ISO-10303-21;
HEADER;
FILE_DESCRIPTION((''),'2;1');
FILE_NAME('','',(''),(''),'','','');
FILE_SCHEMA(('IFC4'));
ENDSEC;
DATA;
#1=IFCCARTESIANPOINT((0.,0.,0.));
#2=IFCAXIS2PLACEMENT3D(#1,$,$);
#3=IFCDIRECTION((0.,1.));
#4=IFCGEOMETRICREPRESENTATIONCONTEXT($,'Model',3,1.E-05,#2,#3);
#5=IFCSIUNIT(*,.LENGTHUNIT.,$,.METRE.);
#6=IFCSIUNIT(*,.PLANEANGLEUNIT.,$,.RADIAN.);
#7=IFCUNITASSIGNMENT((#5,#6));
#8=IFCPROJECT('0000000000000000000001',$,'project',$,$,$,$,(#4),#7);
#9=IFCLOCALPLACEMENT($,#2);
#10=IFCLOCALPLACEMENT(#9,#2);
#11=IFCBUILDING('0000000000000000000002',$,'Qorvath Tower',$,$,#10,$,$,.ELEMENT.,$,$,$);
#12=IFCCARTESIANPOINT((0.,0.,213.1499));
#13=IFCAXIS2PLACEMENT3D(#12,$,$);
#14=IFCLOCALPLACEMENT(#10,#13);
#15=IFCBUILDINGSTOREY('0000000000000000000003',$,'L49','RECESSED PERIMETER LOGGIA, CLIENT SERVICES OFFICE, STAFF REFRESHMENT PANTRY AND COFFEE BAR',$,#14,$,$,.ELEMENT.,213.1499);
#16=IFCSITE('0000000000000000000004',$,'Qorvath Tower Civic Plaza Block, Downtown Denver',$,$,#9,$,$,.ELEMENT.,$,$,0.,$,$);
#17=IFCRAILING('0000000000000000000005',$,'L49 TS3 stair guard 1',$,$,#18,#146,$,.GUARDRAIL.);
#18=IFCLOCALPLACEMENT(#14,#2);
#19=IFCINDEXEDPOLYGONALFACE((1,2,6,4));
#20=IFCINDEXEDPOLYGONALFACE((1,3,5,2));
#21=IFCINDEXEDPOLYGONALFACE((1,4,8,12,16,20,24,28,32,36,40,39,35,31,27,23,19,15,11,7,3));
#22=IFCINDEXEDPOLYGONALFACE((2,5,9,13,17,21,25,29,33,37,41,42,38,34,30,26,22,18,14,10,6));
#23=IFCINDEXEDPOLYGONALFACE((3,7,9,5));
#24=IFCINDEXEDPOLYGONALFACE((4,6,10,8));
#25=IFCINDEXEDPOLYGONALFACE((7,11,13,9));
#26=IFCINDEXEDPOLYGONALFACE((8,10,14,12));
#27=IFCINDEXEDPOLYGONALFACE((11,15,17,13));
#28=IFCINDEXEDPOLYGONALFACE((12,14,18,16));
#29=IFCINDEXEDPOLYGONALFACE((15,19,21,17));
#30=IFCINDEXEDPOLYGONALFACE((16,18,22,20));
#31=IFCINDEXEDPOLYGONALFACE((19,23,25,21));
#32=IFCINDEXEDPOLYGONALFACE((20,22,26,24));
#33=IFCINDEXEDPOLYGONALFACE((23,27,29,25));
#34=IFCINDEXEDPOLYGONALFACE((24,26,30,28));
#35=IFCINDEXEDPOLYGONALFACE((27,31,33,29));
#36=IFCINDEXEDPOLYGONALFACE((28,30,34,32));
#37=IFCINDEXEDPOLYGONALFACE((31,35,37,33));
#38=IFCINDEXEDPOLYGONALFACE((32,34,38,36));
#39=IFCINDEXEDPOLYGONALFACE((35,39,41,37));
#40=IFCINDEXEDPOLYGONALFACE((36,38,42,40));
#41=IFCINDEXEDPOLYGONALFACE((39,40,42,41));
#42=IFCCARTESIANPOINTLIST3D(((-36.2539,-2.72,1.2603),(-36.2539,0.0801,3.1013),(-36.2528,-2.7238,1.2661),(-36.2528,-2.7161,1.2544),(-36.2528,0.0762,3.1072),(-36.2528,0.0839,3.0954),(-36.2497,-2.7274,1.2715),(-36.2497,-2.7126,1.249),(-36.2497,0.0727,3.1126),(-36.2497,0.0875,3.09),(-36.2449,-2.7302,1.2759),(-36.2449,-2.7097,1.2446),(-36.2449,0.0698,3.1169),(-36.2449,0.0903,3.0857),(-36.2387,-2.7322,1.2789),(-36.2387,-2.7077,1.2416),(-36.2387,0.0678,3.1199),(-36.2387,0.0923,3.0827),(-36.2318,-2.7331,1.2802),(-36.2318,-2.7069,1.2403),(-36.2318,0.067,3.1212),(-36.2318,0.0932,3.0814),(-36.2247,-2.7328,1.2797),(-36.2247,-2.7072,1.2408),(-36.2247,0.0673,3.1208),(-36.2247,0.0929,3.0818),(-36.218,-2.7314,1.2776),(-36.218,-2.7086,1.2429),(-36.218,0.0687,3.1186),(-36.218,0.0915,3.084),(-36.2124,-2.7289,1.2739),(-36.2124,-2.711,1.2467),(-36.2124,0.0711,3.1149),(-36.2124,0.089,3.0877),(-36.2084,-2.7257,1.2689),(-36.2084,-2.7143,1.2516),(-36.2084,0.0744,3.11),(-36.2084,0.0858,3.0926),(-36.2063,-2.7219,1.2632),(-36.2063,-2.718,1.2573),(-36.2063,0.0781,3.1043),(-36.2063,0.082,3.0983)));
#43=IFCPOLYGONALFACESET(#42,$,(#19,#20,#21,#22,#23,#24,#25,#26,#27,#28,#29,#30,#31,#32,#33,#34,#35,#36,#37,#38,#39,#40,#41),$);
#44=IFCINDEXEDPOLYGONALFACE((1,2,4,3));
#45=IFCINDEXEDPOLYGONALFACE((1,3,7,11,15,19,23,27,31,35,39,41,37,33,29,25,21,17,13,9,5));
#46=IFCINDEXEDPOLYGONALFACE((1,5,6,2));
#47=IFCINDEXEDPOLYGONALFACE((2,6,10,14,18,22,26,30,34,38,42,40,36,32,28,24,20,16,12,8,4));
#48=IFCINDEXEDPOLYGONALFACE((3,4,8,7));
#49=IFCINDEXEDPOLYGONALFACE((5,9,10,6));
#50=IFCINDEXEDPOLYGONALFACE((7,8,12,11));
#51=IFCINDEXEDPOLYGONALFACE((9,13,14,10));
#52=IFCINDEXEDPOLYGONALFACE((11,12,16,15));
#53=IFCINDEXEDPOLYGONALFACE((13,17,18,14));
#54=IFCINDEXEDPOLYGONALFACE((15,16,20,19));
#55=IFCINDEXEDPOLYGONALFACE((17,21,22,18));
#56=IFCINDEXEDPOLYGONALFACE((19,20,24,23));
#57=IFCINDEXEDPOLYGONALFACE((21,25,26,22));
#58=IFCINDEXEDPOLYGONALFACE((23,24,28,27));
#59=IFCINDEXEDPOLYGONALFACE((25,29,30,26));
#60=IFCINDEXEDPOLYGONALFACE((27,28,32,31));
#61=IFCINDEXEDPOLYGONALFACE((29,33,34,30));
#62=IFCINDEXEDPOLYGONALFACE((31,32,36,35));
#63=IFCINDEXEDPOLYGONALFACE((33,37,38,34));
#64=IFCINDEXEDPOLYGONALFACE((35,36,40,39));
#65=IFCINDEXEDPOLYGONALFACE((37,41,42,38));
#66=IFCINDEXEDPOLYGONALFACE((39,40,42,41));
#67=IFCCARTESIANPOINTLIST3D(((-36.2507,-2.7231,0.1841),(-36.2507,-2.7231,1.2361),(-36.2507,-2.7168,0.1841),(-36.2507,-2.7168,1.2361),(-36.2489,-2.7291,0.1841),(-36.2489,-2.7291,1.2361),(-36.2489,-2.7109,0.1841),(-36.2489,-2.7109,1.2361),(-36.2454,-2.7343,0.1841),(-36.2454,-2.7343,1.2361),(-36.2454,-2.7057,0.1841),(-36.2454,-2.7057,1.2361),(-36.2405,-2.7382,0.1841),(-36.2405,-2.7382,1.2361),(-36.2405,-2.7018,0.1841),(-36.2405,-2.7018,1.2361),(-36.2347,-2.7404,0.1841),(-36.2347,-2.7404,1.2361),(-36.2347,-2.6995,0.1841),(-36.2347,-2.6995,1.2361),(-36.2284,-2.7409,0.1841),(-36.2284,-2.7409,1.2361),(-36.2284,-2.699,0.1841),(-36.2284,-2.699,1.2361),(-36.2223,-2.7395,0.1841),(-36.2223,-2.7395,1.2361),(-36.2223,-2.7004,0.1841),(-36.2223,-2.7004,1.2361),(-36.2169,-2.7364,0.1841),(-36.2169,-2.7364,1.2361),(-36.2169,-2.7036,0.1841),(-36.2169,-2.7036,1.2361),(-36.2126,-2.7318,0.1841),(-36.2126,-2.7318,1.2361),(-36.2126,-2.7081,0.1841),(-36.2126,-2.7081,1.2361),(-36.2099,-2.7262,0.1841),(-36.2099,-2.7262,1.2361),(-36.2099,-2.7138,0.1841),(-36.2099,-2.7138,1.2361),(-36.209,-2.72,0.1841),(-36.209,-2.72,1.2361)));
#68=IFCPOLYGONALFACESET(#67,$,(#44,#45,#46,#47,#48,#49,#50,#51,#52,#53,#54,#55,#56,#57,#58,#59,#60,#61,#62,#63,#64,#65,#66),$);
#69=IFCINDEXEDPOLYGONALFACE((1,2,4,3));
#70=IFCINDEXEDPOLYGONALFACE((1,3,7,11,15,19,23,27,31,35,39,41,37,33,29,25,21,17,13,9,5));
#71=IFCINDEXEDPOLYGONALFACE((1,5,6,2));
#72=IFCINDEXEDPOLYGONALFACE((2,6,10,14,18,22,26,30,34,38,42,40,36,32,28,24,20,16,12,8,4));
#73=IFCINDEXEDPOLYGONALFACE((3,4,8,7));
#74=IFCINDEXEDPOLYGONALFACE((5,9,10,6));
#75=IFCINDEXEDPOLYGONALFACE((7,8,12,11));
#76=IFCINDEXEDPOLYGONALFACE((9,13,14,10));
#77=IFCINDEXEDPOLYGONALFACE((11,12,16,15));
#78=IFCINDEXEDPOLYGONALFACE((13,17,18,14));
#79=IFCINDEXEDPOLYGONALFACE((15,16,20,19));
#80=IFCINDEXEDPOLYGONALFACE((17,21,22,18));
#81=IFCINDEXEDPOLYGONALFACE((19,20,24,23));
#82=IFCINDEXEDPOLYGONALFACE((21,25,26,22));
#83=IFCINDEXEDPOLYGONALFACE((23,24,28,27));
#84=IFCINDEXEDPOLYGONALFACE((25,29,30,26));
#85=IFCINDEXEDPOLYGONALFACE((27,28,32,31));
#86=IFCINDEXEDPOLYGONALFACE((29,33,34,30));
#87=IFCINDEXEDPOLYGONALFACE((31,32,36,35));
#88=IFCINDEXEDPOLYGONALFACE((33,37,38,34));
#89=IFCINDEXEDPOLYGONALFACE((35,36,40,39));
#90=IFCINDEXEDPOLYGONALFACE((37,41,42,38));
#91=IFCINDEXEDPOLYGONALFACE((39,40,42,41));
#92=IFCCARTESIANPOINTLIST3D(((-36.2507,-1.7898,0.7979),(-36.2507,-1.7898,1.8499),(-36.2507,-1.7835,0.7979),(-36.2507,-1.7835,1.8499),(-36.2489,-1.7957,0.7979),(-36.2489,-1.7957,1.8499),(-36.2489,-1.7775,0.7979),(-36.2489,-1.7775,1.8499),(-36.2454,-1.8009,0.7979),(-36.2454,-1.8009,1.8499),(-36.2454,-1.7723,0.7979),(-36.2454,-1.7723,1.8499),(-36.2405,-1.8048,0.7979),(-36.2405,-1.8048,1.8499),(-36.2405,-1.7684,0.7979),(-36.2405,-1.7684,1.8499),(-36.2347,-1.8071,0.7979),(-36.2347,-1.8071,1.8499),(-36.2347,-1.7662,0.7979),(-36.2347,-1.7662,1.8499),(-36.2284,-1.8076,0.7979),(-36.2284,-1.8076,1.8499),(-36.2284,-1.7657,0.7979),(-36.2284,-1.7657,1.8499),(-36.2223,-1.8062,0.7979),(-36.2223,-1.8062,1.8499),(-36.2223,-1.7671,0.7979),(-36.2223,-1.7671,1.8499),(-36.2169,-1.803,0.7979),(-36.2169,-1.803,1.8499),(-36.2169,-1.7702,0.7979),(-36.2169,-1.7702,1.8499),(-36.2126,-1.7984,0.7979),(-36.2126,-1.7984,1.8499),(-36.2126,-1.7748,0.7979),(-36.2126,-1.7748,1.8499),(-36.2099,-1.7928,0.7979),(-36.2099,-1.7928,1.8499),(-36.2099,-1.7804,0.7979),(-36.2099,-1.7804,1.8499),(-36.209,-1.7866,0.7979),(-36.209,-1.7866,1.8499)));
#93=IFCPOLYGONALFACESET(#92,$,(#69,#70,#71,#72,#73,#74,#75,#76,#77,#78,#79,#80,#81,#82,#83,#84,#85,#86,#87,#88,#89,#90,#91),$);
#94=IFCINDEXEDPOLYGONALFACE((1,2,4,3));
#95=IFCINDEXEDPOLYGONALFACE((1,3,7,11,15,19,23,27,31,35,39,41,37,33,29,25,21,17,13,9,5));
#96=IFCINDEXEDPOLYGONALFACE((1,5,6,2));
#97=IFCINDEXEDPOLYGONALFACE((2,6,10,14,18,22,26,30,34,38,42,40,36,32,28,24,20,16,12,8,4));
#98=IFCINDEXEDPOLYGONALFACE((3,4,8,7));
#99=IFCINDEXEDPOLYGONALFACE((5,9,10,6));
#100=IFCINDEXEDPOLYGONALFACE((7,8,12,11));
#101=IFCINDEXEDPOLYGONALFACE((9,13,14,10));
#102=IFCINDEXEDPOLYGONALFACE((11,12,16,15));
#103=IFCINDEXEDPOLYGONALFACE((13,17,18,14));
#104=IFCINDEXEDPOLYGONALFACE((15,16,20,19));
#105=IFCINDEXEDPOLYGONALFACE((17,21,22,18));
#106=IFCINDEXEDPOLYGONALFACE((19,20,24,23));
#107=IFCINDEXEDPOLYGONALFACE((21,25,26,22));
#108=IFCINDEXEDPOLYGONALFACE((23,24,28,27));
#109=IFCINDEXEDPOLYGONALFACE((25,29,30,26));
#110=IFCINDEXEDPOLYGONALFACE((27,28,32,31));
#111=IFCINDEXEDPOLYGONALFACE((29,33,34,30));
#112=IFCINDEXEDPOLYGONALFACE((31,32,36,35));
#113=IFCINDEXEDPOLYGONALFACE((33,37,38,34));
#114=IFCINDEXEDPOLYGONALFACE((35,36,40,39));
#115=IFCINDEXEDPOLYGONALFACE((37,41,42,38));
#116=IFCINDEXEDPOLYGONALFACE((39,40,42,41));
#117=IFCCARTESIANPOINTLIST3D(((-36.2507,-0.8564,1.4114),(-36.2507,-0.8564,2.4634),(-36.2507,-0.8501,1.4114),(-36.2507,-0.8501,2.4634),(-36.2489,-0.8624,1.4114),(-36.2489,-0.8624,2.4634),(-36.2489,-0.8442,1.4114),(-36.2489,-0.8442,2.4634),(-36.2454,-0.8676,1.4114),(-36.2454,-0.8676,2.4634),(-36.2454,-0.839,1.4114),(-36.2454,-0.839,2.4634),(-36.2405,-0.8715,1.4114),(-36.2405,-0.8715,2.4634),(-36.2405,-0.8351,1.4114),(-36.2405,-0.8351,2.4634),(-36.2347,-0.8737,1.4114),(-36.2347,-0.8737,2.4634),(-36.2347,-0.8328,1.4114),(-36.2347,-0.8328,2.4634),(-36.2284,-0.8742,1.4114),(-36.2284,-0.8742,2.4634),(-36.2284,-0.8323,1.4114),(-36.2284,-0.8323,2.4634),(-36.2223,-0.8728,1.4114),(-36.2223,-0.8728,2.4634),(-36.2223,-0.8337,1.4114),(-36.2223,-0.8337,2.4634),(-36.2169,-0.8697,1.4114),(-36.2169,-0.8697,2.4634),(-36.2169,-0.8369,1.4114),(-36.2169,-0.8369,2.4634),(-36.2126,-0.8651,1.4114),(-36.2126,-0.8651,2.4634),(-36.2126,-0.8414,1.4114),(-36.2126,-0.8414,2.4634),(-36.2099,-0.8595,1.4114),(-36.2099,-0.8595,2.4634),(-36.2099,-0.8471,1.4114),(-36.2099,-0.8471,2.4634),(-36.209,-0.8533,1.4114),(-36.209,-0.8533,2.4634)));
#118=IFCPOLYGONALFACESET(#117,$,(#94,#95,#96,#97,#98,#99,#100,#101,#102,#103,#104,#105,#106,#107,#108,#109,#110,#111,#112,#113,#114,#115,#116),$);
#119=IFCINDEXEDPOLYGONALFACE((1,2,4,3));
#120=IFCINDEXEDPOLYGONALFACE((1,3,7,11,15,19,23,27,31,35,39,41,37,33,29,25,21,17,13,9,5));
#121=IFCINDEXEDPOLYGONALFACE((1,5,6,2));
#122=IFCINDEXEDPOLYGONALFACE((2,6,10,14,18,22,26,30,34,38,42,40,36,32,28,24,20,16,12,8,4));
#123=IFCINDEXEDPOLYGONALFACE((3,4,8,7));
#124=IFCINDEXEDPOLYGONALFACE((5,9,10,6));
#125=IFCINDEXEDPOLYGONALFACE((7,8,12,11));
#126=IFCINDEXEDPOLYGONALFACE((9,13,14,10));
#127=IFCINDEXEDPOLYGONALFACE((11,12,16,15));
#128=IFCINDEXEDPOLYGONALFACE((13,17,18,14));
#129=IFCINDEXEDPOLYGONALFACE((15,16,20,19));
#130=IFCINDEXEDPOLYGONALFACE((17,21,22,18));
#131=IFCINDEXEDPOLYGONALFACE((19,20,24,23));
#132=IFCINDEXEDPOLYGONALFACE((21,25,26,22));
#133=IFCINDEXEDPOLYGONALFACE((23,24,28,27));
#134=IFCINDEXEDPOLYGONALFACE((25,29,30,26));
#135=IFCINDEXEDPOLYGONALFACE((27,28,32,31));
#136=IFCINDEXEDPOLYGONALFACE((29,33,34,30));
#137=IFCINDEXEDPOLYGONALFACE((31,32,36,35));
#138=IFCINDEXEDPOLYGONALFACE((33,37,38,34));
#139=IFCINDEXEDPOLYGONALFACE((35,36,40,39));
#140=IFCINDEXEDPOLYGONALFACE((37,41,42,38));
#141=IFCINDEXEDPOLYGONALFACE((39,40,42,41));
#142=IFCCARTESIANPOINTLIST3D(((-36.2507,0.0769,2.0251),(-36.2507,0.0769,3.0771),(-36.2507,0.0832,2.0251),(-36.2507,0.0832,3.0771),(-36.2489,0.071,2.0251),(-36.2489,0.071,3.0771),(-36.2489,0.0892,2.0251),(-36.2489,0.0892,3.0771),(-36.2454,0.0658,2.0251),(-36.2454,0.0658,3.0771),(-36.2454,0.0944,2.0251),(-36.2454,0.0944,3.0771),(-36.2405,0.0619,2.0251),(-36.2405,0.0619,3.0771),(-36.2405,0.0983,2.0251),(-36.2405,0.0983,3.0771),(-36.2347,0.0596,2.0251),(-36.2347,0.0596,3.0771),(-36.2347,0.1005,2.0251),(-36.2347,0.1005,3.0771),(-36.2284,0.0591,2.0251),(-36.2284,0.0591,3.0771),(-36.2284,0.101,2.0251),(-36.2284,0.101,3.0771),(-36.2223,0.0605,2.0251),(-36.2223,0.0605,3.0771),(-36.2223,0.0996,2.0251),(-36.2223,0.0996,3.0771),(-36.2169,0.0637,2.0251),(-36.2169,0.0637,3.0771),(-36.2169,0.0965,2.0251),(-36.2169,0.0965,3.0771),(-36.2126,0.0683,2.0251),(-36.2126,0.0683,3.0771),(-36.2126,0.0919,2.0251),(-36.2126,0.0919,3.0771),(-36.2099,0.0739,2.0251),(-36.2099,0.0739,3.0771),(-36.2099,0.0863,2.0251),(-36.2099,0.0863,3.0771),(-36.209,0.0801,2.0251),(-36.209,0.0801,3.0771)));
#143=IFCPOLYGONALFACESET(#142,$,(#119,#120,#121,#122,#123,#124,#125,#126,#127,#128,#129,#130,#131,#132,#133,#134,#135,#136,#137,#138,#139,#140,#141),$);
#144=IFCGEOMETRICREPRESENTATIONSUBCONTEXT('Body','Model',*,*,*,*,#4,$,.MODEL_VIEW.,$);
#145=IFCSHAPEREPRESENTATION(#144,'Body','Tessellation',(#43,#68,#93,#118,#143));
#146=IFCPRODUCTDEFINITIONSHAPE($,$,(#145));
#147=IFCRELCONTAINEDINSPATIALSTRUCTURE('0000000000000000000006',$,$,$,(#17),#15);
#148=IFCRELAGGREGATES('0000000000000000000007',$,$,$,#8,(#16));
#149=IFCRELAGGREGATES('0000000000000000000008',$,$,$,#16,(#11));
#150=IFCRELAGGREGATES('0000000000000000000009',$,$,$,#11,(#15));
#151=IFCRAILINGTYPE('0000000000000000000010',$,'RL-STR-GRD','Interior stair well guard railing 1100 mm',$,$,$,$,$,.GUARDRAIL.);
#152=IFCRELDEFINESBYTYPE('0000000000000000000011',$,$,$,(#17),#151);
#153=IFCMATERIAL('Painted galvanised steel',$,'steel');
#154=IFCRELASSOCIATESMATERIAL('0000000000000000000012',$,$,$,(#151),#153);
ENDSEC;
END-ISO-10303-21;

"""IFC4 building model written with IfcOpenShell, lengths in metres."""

from ifc_helpers import new_model, si_unit, direction, frame, origin, origin_2d, place, context, subcontext, project, spatial, circle, extrude, material, type_object, element, save


model = new_model("IFC4")

# Units and contexts
model_context = context("Model", 3, precision=1e-05, world=origin(), true_north=direction((0.0, 1.0)))
body_context = subcontext(model_context, "Body", "Model", "MODEL_VIEW")
ifc_project = project(units=[si_unit("LENGTHUNIT", "METRE"), si_unit("PLANEANGLEUNIT", "RADIAN")], contexts=[model_context])

# Site, building, storey
site_placement = place(None, origin())
site = spatial("IfcSite", under=ifc_project, at=site_placement, Name="Qorvath Tower Civic Plaza Block, Downtown Denver", CompositionType="ELEMENT", RefElevation=0.0)
building_placement = place(site_placement, origin())
building = spatial("IfcBuilding", under=site, at=building_placement, Name="Qorvath Tower", CompositionType="ELEMENT")
storey_placement = place(building_placement, frame((0.0, 0.0, 213.1499)))
storey = spatial("IfcBuildingStorey", under=building, at=storey_placement, Name="L49", Description="RECESSED PERIMETER LOGGIA, CLIENT SERVICES OFFICE, STAFF REFRESHMENT PANTRY AND COFFEE BAR", CompositionType="ELEMENT", Elevation=213.1499)

# Railing
ifc_material_1 = material(Name="Painted galvanised steel", Category="steel")
railing_type_1 = type_object("IfcRailingType", Name="RL-STR-GRD", Description="Interior stair well guard railing 1100 mm", PredefinedType="GUARDRAIL", material=ifc_material_1)
railing_1_placement = place(storey_placement, frame((-36.23, -2.72, 0.1841)))
element("IfcRailing", 1, at=railing_1_placement, inside=storey, type_object=railing_type_1, Name="L49 TS3 stair guard 1", PredefinedType="GUARDRAIL", context=body_context, shape_type="SweptSolid", body=[
    extrude(circle(Radius=0.0239, at=origin_2d()), frame((0.0, 0.0, 1.0762), z_axis=(0.0, 0.835564, 0.549393), x_axis=(-1.0, 0.0, 0.0)), (0.0, 0.0, 1.0), 3.3511),
    extrude(circle(Radius=0.021, at=origin_2d()), origin(), (0.0, 0.0, 1.0), 1.052),
    extrude(circle(Radius=0.021, at=origin_2d()), frame((0.0, 0.9333, 0.6138)), (0.0, 0.0, 1.0), 1.052),
    extrude(circle(Radius=0.021, at=origin_2d()), frame((0.0, 1.8667, 1.2273)), (0.0, 0.0, 1.0), 1.052),
    extrude(circle(Radius=0.021, at=origin_2d()), frame((0.0, 2.8, 1.8411)), (0.0, 0.0, 1.0), 1.052),
])

save(model, "model.ifc")
